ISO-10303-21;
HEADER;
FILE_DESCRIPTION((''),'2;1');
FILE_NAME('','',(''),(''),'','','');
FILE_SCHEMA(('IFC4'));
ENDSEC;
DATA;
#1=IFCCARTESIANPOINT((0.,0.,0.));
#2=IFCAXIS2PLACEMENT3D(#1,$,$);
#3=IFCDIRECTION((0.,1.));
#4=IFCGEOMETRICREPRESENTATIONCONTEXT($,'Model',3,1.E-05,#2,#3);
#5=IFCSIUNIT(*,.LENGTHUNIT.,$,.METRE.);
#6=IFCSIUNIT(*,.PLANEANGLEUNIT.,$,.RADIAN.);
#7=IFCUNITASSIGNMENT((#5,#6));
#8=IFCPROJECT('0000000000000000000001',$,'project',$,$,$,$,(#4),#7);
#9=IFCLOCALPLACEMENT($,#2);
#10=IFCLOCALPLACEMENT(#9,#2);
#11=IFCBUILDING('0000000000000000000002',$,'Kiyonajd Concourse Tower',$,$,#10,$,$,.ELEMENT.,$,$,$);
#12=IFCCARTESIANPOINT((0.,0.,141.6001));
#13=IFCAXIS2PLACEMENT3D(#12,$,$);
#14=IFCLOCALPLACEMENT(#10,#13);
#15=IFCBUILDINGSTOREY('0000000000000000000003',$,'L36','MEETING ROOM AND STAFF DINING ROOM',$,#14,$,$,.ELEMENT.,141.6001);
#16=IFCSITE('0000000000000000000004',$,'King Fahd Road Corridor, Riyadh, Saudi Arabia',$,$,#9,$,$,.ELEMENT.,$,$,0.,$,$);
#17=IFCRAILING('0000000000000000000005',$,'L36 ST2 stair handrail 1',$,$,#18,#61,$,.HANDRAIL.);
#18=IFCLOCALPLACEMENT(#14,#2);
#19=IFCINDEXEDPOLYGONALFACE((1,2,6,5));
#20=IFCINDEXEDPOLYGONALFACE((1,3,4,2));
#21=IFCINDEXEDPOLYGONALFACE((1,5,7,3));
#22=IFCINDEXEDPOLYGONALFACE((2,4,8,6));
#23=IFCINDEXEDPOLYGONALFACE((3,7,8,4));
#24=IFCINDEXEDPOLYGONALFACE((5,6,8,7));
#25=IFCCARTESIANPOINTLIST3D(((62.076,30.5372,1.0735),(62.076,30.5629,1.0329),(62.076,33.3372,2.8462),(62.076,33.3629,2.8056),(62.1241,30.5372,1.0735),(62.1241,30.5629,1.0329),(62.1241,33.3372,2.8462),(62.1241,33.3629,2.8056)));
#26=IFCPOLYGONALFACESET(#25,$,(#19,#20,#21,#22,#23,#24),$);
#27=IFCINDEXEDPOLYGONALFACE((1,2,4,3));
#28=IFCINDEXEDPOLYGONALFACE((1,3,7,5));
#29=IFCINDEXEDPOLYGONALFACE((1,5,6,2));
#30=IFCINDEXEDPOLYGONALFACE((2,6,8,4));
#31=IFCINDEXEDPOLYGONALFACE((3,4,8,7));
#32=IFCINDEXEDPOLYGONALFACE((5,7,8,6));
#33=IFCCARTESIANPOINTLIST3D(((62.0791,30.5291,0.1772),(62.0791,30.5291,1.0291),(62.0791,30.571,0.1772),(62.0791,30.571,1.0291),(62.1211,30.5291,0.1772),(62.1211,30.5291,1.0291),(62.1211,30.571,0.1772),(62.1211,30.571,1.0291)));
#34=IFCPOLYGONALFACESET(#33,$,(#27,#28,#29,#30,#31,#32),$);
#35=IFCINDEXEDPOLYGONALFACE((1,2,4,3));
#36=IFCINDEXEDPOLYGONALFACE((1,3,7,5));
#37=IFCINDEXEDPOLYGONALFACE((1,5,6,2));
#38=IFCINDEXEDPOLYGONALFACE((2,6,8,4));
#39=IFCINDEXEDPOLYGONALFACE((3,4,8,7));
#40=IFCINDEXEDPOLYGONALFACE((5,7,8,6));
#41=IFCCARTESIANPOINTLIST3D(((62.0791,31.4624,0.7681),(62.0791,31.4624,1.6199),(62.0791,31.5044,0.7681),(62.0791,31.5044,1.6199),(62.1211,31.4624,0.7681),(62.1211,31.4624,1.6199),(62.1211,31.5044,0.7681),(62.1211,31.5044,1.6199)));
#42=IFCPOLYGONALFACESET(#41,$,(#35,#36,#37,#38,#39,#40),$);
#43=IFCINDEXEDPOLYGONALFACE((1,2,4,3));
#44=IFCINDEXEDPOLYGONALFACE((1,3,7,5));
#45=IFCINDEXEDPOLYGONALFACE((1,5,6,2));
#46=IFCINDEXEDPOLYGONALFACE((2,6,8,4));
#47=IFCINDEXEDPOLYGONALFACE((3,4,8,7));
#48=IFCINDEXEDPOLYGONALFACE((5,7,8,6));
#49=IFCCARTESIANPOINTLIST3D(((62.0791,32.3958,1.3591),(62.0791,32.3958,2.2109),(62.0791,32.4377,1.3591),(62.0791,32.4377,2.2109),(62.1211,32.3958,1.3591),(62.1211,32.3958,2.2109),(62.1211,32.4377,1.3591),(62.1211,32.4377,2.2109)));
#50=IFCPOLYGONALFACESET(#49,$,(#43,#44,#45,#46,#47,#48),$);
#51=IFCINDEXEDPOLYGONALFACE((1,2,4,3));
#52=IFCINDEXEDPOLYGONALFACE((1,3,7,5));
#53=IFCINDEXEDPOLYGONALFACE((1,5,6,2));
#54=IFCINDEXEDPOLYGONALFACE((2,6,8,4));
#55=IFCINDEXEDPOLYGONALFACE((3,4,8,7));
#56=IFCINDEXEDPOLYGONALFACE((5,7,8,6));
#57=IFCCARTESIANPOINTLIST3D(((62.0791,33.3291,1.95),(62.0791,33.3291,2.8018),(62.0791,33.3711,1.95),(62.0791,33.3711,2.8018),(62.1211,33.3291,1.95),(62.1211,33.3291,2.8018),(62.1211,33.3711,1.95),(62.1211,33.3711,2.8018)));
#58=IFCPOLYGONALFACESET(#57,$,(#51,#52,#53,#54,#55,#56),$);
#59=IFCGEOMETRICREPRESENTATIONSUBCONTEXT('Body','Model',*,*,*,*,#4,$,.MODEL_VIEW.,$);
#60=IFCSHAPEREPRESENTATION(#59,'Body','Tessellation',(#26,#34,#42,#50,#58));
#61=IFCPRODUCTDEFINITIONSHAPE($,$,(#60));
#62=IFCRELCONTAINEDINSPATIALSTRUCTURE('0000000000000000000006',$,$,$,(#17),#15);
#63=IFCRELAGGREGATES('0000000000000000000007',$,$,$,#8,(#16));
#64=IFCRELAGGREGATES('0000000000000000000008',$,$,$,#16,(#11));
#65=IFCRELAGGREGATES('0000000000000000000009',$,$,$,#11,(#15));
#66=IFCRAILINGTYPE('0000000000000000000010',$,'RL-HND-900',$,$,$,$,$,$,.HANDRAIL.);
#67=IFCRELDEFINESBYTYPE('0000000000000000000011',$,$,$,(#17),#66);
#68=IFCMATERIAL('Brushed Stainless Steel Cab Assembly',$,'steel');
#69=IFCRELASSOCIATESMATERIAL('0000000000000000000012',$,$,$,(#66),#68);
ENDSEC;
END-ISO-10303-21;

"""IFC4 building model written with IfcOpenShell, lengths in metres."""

from ifc_helpers import new_model, si_unit, direction, frame, origin, origin_2d, place, context, subcontext, project, spatial, rectangle, extrude, material, type_object, element, save


model = new_model("IFC4")

# Units and contexts
model_context = context("Model", 3, precision=1e-05, world=origin(), true_north=direction((0.0, 1.0)))
body_context = subcontext(model_context, "Body", "Model", "MODEL_VIEW")
ifc_project = project(units=[si_unit("LENGTHUNIT", "METRE"), si_unit("PLANEANGLEUNIT", "RADIAN")], contexts=[model_context])

# Site, building, storey
site_placement = place(None, origin())
site = spatial("IfcSite", under=ifc_project, at=site_placement, Name="King Fahd Road Corridor, Riyadh, Saudi Arabia", CompositionType="ELEMENT", RefElevation=0.0)
building_placement = place(site_placement, origin())
building = spatial("IfcBuilding", under=site, at=building_placement, Name="Kiyonajd Concourse Tower", CompositionType="ELEMENT")
storey_placement = place(building_placement, frame((0.0, 0.0, 141.6001)))
storey = spatial("IfcBuildingStorey", under=building, at=storey_placement, Name="L36", Description="MEETING ROOM AND STAFF DINING ROOM", CompositionType="ELEMENT", Elevation=141.6001)

# Railing
ifc_material_1 = material(Name="Brushed Stainless Steel Cab Assembly", Category="steel")
railing_type_1 = type_object("IfcRailingType", Name="RL-HND-900", PredefinedType="HANDRAIL", material=ifc_material_1)
railing_1_placement = place(storey_placement, frame((62.1001, 30.55, 0.1772)))
element("IfcRailing", 1, at=railing_1_placement, inside=storey, type_object=railing_type_1, Name="L36 ST2 stair handrail 1", PredefinedType="HANDRAIL", context=body_context, shape_type="SweptSolid", body=[
    extrude(rectangle(XDim=0.0481, YDim=0.0481, at=origin_2d()), frame((0.0, 0.0, 0.876), z_axis=(0.0, 0.844909, 0.53491), x_axis=(-1.0, 0.0, 0.0)), (0.0, 0.0, 1.0), 3.314),
    extrude(rectangle(XDim=0.042, YDim=0.042, at=origin_2d()), origin(), (0.0, 0.0, 1.0), 0.8518),
    extrude(rectangle(XDim=0.042, YDim=0.042, at=origin_2d()), frame((0.0, 0.9333, 0.5908)), (0.0, 0.0, 1.0), 0.8518),
    extrude(rectangle(XDim=0.042, YDim=0.042, at=origin_2d()), frame((0.0, 1.8667, 1.1819)), (0.0, 0.0, 1.0), 0.8518),
    extrude(rectangle(XDim=0.042, YDim=0.042, at=origin_2d()), frame((0.0, 2.8, 1.7727)), (0.0, 0.0, 1.0), 0.8518),
])

save(model, "model.ifc")
